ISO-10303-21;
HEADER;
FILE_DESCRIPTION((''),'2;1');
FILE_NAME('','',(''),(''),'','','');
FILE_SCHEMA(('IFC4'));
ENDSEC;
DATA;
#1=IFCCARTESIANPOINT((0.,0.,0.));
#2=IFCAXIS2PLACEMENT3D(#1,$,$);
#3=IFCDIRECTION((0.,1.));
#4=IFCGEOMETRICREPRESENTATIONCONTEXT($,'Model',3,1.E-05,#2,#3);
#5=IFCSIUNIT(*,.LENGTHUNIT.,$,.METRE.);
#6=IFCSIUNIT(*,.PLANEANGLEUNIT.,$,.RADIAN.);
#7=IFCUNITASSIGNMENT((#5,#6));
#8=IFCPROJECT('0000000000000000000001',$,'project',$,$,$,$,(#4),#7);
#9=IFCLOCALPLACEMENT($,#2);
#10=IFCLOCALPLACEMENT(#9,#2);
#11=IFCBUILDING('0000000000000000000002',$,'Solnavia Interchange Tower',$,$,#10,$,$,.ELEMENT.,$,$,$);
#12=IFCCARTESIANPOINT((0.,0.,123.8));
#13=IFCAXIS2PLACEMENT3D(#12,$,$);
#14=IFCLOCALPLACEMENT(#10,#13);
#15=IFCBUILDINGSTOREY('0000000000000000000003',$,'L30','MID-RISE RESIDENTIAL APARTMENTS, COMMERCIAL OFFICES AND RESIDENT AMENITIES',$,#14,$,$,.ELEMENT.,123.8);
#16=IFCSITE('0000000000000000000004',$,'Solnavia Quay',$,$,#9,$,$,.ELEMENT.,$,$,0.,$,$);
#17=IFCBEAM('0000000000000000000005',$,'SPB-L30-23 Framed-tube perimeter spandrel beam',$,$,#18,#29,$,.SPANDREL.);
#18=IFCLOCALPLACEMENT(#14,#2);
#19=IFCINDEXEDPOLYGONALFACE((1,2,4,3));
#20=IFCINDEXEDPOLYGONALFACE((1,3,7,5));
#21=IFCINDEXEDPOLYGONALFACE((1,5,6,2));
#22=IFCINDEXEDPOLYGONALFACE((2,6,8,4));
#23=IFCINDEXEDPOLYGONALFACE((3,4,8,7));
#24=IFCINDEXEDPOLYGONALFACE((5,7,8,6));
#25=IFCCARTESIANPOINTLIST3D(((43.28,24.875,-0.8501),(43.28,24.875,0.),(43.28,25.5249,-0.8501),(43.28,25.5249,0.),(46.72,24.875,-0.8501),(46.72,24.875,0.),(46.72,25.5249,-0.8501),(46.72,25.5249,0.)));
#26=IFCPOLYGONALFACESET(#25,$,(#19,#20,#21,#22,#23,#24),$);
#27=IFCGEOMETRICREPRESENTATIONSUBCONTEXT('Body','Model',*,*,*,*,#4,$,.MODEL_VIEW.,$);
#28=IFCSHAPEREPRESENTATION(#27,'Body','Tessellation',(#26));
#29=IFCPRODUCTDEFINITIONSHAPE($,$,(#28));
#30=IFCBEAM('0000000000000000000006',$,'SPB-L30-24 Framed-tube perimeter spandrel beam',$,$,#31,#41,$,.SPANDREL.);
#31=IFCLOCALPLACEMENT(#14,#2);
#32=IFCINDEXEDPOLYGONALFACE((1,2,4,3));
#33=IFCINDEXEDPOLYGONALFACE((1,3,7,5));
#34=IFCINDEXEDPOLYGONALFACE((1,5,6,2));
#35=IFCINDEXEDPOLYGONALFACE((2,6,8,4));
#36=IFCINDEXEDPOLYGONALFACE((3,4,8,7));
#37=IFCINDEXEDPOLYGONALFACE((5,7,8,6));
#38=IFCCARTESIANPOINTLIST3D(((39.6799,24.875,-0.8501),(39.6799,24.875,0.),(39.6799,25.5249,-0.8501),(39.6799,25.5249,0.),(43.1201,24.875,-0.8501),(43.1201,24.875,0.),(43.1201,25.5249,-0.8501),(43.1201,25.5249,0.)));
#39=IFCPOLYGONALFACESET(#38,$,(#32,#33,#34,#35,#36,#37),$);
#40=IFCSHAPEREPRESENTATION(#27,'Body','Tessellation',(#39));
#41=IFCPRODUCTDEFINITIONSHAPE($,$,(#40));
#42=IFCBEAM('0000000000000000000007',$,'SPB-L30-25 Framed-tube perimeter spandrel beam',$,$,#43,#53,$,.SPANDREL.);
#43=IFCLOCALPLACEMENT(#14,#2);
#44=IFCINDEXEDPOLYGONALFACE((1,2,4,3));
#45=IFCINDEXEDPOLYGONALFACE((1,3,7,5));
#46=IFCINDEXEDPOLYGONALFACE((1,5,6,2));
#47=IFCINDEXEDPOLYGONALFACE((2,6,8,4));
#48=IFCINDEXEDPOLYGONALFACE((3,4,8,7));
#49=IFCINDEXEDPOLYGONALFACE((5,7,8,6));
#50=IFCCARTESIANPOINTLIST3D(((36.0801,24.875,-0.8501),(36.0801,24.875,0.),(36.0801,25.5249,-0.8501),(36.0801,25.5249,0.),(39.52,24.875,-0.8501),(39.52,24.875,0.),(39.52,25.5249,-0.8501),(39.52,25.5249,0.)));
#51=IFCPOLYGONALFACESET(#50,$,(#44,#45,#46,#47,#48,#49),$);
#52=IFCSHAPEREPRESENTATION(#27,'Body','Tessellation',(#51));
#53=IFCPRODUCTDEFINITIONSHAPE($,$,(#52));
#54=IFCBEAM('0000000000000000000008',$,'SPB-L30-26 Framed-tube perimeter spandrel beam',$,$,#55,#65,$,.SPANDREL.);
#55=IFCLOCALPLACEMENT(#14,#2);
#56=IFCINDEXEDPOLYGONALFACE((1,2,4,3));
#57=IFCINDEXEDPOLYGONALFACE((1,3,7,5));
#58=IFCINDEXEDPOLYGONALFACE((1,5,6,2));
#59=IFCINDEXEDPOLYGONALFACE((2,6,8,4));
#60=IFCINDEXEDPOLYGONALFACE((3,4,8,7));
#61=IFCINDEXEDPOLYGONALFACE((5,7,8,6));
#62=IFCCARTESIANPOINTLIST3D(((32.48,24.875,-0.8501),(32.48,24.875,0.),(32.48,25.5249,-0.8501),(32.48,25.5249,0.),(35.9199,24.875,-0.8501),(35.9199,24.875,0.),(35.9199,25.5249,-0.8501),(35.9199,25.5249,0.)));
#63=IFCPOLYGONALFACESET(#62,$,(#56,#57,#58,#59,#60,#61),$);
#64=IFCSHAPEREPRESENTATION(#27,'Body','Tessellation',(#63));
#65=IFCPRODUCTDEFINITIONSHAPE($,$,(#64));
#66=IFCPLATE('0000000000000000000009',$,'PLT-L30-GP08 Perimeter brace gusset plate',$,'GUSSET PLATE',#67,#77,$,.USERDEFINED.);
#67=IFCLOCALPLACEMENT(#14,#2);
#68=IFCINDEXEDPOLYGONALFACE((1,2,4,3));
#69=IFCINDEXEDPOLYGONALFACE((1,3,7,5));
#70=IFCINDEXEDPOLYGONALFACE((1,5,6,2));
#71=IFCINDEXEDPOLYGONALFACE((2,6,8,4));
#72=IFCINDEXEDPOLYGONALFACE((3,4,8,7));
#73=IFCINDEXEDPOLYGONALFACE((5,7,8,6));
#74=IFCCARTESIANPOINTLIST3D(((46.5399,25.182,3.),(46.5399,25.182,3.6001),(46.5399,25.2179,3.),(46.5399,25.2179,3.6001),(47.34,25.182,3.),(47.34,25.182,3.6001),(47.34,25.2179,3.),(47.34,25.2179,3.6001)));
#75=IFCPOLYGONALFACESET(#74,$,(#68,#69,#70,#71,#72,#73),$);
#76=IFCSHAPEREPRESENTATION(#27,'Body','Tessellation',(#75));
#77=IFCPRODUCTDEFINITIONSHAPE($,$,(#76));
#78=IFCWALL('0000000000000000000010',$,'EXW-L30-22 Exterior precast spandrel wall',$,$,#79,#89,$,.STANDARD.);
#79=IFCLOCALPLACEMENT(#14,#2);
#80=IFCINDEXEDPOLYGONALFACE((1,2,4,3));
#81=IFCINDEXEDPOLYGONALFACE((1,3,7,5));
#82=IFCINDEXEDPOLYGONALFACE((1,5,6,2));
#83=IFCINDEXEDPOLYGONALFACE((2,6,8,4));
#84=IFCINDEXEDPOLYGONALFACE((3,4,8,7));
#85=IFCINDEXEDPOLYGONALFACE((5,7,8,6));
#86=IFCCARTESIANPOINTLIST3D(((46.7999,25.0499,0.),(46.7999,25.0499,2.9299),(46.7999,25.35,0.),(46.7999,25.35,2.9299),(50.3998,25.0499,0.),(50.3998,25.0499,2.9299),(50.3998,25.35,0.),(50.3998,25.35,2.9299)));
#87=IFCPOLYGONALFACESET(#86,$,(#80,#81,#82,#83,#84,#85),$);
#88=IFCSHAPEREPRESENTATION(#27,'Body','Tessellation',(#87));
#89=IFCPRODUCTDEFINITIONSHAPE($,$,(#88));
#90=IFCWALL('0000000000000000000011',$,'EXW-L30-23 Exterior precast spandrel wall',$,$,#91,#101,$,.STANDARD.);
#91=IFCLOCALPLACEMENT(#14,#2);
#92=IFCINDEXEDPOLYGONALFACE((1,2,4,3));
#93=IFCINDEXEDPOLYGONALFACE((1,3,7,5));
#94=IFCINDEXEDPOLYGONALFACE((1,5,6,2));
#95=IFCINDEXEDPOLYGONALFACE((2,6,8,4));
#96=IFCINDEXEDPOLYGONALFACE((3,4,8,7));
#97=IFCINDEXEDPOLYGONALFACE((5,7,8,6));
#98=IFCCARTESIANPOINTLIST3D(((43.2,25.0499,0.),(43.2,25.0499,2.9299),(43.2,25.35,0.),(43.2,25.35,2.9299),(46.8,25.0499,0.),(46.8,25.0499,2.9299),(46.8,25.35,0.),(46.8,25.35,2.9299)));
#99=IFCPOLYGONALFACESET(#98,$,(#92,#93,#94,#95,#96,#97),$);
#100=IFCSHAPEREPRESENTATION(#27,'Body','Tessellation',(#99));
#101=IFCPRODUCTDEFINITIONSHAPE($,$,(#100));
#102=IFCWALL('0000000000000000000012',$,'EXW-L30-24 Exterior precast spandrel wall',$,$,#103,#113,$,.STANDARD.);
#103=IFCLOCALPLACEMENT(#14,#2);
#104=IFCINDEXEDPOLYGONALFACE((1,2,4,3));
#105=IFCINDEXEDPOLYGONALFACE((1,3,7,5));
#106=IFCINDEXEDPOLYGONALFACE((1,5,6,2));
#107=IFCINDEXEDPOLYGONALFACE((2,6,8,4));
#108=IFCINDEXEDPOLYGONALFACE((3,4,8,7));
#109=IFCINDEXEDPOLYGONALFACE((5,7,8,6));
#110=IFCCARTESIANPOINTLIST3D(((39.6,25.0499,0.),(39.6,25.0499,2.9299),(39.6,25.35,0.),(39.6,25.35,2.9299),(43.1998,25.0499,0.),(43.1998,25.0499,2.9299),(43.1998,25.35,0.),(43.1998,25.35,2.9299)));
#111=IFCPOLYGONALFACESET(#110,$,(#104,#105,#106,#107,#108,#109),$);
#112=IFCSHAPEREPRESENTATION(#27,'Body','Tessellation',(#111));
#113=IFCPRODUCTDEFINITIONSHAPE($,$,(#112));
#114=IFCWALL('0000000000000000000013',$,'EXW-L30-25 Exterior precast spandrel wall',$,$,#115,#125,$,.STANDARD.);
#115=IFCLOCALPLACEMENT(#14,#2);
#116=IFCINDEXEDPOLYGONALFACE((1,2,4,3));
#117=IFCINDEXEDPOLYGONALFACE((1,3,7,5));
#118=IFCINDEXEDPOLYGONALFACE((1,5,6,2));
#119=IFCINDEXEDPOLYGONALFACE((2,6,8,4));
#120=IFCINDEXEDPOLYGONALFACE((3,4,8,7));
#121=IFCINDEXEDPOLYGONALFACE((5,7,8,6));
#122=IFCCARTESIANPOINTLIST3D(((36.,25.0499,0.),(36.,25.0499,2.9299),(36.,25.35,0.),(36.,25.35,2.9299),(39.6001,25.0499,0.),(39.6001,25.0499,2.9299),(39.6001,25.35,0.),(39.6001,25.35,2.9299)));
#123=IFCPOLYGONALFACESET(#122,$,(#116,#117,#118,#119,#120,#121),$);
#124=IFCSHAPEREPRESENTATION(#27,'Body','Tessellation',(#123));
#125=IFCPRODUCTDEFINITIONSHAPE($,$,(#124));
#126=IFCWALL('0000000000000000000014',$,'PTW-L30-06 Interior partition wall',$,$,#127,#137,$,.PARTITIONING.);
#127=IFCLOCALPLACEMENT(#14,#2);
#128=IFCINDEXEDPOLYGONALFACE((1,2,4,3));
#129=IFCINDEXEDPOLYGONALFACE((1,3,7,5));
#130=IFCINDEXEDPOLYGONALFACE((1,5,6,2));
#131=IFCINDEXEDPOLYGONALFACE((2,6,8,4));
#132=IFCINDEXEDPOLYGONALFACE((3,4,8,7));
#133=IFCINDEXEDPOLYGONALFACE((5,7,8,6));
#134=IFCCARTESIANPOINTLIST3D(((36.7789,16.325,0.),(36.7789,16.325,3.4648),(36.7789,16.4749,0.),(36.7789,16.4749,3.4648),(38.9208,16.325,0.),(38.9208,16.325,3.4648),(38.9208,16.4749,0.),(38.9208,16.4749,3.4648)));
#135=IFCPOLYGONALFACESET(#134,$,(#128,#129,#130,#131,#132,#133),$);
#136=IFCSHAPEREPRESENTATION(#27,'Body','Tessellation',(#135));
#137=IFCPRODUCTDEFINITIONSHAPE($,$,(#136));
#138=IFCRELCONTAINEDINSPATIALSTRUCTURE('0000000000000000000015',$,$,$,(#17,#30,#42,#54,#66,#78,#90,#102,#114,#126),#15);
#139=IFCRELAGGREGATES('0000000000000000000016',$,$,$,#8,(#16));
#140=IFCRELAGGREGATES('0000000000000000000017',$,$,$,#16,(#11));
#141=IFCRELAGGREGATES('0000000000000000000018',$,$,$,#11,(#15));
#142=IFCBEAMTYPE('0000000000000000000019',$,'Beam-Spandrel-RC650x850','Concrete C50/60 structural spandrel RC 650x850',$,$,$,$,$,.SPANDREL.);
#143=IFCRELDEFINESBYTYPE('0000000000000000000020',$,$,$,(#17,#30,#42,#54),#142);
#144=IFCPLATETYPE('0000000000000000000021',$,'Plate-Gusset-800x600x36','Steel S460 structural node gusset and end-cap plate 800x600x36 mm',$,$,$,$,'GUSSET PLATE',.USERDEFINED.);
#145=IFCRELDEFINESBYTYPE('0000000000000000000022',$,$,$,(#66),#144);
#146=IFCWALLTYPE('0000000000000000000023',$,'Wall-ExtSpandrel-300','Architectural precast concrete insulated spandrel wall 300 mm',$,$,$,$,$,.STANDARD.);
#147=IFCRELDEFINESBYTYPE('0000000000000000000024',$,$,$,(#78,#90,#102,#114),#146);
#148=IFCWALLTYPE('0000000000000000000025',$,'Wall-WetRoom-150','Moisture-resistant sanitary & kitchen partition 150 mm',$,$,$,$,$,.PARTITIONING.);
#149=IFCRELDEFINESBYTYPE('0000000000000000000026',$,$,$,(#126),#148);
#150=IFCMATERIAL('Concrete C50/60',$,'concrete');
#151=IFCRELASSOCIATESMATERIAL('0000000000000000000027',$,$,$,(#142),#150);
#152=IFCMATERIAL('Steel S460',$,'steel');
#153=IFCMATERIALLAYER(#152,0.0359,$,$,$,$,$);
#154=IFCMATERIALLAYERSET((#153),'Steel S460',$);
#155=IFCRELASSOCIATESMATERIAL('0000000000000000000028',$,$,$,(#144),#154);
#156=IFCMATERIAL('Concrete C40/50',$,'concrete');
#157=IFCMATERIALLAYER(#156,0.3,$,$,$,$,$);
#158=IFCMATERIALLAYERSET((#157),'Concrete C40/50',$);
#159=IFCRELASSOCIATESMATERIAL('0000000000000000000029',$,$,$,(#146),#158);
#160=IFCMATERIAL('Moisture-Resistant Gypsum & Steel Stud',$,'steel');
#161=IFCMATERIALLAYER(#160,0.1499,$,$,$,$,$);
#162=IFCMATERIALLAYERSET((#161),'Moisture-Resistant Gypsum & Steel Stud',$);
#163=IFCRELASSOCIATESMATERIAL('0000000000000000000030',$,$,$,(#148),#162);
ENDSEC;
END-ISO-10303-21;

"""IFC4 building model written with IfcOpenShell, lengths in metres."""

from ifc_helpers import new_model, si_unit, direction, frame, frame_2d, origin, origin_2d, place, context, subcontext, project, spatial, rectangle, extrude, material, layer, layer_set, material_profile, profile_set, type_object, element, save


model = new_model("IFC4")

# Units and contexts
model_context = context("Model", 3, precision=1e-05, world=origin(), true_north=direction((0.0, 1.0)))
body_context = subcontext(model_context, "Body", "Model", "MODEL_VIEW")
ifc_project = project(units=[si_unit("LENGTHUNIT", "METRE"), si_unit("PLANEANGLEUNIT", "RADIAN")], contexts=[model_context])

# Site, building, storey
site_placement = place(None, origin())
site = spatial("IfcSite", under=ifc_project, at=site_placement, Name="Solnavia Quay", CompositionType="ELEMENT", RefElevation=0.0)
building_placement = place(site_placement, origin())
building = spatial("IfcBuilding", under=site, at=building_placement, Name="Solnavia Interchange Tower", CompositionType="ELEMENT")
storey_placement = place(building_placement, frame((0.0, 0.0, 123.8)))
storey = spatial("IfcBuildingStorey", under=building, at=storey_placement, Name="L30", Description="MID-RISE RESIDENTIAL APARTMENTS, COMMERCIAL OFFICES AND RESIDENT AMENITIES", CompositionType="ELEMENT", Elevation=123.8)

# Shared definitions
ifc_material_1 = material(Name="Concrete C50/60", Category="concrete")

# Beams
ifc_material_2 = material(Name="Steel S460", Category="steel")
ifc_material_profile_1 = material_profile(ifc_material_1, rectangle(XDim=0.6499, YDim=0.8501, at=origin_2d()), Name="RC 650x850")
ifc_profile_set_1 = profile_set([ifc_material_profile_1], Name="Concrete C50/60")
beam_type_1 = type_object("IfcBeamType", Name="Beam-Spandrel-RC650x850", Description="Concrete C50/60 structural spandrel RC 650x850", PredefinedType="SPANDREL", material=ifc_profile_set_1)
beam_1_placement = place(storey_placement, frame((46.72, 25.2, -0.425), z_axis=(-1.0, 0.0, 0.0), x_axis=(0.0, -1.0, 0.0)))
element("IfcBeam", 1, at=beam_1_placement, inside=storey, type_object=beam_type_1, Name="SPB-L30-23 Framed-tube perimeter spandrel beam", PredefinedType="SPANDREL", context=body_context, shape_type="SweptSolid", body=[
    extrude(rectangle(XDim=0.6499, YDim=0.8501, at=origin_2d()), origin(), (0.0, 0.0, 1.0), 3.4399),
])
beam_2_placement = place(storey_placement, frame((43.1201, 25.2, -0.425), z_axis=(-1.0, 0.0, 0.0), x_axis=(0.0, -1.0, 0.0)))
element("IfcBeam", 2, at=beam_2_placement, inside=storey, type_object=beam_type_1, Name="SPB-L30-24 Framed-tube perimeter spandrel beam", PredefinedType="SPANDREL", context=body_context, shape_type="SweptSolid", body=[
    extrude(rectangle(XDim=0.6499, YDim=0.8501, at=origin_2d()), origin(), (0.0, 0.0, 1.0), 3.4402),
])
for number, where, z_axis, x_axis, name in (
    (3, (39.52, 25.2, -0.425), (-1.0, 0.0, 0.0), (0.0, -1.0, 0.0), "SPB-L30-25 Framed-tube perimeter spandrel beam"),
    (4, (35.9199, 25.2, -0.425), (-1.0, 0.0, 0.0), (0.0, -1.0, 0.0), "SPB-L30-26 Framed-tube perimeter spandrel beam"),
):
    element("IfcBeam", number, at=place(storey_placement, frame(where, z_axis=z_axis, x_axis=x_axis)), inside=storey, type_object=beam_type_1, Name=name, PredefinedType="SPANDREL", context=body_context, shape_type="SweptSolid", body=[
        extrude(rectangle(XDim=0.6499, YDim=0.8501, at=origin_2d()), origin(), (0.0, 0.0, 1.0), 3.4399),
    ])

# Plate
ifc_layer_1 = layer(ifc_material_2, 0.0359)
ifc_layer_set_1 = layer_set([ifc_layer_1], Name="Steel S460")
plate_type = type_object("IfcPlateType", Name="Plate-Gusset-800x600x36", Description="Steel S460 structural node gusset and end-cap plate 800x600x36 mm", ElementType="GUSSET PLATE", PredefinedType="USERDEFINED", material=ifc_layer_set_1)
plate_placement = place(storey_placement, frame((46.9399, 25.2, 3.0), z_axis=(0.0, 0.0, 1.0), x_axis=(-1.0, 0.0, 0.0)))
element("IfcPlate", 5, at=plate_placement, inside=storey, type_object=plate_type, Name="PLT-L30-GP08 Perimeter brace gusset plate", ObjectType="GUSSET PLATE", PredefinedType="USERDEFINED", context=body_context, shape_type="SweptSolid", body=[
    extrude(rectangle(XDim=0.8, YDim=0.0359, at=origin_2d()), origin(), (0.0, 0.0, 1.0), 0.6001),
])

# Walls
ifc_material_3 = material(Name="Concrete C40/50", Category="concrete")
ifc_layer_2 = layer(ifc_material_3, 0.3)
ifc_layer_set_2 = layer_set([ifc_layer_2], Name="Concrete C40/50")
wall_type_1 = type_object("IfcWallType", Name="Wall-ExtSpandrel-300", Description="Architectural precast concrete insulated spandrel wall 300 mm", PredefinedType="STANDARD", material=ifc_layer_set_2)
wall_1_placement = place(storey_placement, frame((46.8, 25.2, 0.0), z_axis=(0.0, 0.0, 1.0), x_axis=(1.0, 0.0, 0.0)))
element("IfcWall", 6, at=wall_1_placement, inside=storey, type_object=wall_type_1, Name="EXW-L30-22 Exterior precast spandrel wall", PredefinedType="STANDARD", context=body_context, shape_type="SweptSolid", body=[
    extrude(rectangle(XDim=3.5999, YDim=0.3, at=frame_2d((1.7998, 0.0))), origin(), (0.0, 0.0, 1.0), 2.9299),
])
wall_2_placement = place(storey_placement, frame((43.2, 25.2, 0.0), z_axis=(0.0, 0.0, 1.0), x_axis=(1.0, 0.0, 0.0)))
element("IfcWall", 7, at=wall_2_placement, inside=storey, type_object=wall_type_1, Name="EXW-L30-23 Exterior precast spandrel wall", PredefinedType="STANDARD", context=body_context, shape_type="SweptSolid", body=[
    extrude(rectangle(XDim=3.6001, YDim=0.3, at=frame_2d((1.8, 0.0))), origin(), (0.0, 0.0, 1.0), 2.9299),
])
wall_3_placement = place(storey_placement, frame((39.6001, 25.2, 0.0), z_axis=(0.0, 0.0, 1.0), x_axis=(1.0, 0.0, 0.0)))
element("IfcWall", 8, at=wall_3_placement, inside=storey, type_object=wall_type_1, Name="EXW-L30-24 Exterior precast spandrel wall", PredefinedType="STANDARD", context=body_context, shape_type="SweptSolid", body=[
    extrude(rectangle(XDim=3.5999, YDim=0.3, at=frame_2d((1.7998, 0.0))), origin(), (0.0, 0.0, 1.0), 2.9299),
])
wall_4_placement = place(storey_placement, frame((36.0, 25.2, 0.0), z_axis=(0.0, 0.0, 1.0), x_axis=(1.0, 0.0, 0.0)))
element("IfcWall", 9, at=wall_4_placement, inside=storey, type_object=wall_type_1, Name="EXW-L30-25 Exterior precast spandrel wall", PredefinedType="STANDARD", context=body_context, shape_type="SweptSolid", body=[
    extrude(rectangle(XDim=3.6001, YDim=0.3, at=frame_2d((1.8, 0.0))), origin(), (0.0, 0.0, 1.0), 2.9299),
])
ifc_material_4 = material(Name="Moisture-Resistant Gypsum & Steel Stud", Category="steel")
ifc_layer_3 = layer(ifc_material_4, 0.1499)
ifc_layer_set_3 = layer_set([ifc_layer_3], Name="Moisture-Resistant Gypsum & Steel Stud")
wall_type_2 = type_object("IfcWallType", Name="Wall-WetRoom-150", Description="Moisture-resistant sanitary & kitchen partition 150 mm", PredefinedType="PARTITIONING", material=ifc_layer_set_3)
wall_5_placement = place(storey_placement, frame((36.7791, 16.3999, 0.0), z_axis=(0.0, 0.0, 1.0), x_axis=(1.0, 0.0, 0.0)))
element("IfcWall", 10, at=wall_5_placement, inside=storey, type_object=wall_type_2, Name="PTW-L30-06 Interior partition wall", PredefinedType="PARTITIONING", context=body_context, shape_type="SweptSolid", body=[
    extrude(rectangle(XDim=2.1418, YDim=0.1499, at=frame_2d((1.0708, 0.0))), origin(), (0.0, 0.0, 1.0), 3.4648),
])

save(model, "model.ifc")
